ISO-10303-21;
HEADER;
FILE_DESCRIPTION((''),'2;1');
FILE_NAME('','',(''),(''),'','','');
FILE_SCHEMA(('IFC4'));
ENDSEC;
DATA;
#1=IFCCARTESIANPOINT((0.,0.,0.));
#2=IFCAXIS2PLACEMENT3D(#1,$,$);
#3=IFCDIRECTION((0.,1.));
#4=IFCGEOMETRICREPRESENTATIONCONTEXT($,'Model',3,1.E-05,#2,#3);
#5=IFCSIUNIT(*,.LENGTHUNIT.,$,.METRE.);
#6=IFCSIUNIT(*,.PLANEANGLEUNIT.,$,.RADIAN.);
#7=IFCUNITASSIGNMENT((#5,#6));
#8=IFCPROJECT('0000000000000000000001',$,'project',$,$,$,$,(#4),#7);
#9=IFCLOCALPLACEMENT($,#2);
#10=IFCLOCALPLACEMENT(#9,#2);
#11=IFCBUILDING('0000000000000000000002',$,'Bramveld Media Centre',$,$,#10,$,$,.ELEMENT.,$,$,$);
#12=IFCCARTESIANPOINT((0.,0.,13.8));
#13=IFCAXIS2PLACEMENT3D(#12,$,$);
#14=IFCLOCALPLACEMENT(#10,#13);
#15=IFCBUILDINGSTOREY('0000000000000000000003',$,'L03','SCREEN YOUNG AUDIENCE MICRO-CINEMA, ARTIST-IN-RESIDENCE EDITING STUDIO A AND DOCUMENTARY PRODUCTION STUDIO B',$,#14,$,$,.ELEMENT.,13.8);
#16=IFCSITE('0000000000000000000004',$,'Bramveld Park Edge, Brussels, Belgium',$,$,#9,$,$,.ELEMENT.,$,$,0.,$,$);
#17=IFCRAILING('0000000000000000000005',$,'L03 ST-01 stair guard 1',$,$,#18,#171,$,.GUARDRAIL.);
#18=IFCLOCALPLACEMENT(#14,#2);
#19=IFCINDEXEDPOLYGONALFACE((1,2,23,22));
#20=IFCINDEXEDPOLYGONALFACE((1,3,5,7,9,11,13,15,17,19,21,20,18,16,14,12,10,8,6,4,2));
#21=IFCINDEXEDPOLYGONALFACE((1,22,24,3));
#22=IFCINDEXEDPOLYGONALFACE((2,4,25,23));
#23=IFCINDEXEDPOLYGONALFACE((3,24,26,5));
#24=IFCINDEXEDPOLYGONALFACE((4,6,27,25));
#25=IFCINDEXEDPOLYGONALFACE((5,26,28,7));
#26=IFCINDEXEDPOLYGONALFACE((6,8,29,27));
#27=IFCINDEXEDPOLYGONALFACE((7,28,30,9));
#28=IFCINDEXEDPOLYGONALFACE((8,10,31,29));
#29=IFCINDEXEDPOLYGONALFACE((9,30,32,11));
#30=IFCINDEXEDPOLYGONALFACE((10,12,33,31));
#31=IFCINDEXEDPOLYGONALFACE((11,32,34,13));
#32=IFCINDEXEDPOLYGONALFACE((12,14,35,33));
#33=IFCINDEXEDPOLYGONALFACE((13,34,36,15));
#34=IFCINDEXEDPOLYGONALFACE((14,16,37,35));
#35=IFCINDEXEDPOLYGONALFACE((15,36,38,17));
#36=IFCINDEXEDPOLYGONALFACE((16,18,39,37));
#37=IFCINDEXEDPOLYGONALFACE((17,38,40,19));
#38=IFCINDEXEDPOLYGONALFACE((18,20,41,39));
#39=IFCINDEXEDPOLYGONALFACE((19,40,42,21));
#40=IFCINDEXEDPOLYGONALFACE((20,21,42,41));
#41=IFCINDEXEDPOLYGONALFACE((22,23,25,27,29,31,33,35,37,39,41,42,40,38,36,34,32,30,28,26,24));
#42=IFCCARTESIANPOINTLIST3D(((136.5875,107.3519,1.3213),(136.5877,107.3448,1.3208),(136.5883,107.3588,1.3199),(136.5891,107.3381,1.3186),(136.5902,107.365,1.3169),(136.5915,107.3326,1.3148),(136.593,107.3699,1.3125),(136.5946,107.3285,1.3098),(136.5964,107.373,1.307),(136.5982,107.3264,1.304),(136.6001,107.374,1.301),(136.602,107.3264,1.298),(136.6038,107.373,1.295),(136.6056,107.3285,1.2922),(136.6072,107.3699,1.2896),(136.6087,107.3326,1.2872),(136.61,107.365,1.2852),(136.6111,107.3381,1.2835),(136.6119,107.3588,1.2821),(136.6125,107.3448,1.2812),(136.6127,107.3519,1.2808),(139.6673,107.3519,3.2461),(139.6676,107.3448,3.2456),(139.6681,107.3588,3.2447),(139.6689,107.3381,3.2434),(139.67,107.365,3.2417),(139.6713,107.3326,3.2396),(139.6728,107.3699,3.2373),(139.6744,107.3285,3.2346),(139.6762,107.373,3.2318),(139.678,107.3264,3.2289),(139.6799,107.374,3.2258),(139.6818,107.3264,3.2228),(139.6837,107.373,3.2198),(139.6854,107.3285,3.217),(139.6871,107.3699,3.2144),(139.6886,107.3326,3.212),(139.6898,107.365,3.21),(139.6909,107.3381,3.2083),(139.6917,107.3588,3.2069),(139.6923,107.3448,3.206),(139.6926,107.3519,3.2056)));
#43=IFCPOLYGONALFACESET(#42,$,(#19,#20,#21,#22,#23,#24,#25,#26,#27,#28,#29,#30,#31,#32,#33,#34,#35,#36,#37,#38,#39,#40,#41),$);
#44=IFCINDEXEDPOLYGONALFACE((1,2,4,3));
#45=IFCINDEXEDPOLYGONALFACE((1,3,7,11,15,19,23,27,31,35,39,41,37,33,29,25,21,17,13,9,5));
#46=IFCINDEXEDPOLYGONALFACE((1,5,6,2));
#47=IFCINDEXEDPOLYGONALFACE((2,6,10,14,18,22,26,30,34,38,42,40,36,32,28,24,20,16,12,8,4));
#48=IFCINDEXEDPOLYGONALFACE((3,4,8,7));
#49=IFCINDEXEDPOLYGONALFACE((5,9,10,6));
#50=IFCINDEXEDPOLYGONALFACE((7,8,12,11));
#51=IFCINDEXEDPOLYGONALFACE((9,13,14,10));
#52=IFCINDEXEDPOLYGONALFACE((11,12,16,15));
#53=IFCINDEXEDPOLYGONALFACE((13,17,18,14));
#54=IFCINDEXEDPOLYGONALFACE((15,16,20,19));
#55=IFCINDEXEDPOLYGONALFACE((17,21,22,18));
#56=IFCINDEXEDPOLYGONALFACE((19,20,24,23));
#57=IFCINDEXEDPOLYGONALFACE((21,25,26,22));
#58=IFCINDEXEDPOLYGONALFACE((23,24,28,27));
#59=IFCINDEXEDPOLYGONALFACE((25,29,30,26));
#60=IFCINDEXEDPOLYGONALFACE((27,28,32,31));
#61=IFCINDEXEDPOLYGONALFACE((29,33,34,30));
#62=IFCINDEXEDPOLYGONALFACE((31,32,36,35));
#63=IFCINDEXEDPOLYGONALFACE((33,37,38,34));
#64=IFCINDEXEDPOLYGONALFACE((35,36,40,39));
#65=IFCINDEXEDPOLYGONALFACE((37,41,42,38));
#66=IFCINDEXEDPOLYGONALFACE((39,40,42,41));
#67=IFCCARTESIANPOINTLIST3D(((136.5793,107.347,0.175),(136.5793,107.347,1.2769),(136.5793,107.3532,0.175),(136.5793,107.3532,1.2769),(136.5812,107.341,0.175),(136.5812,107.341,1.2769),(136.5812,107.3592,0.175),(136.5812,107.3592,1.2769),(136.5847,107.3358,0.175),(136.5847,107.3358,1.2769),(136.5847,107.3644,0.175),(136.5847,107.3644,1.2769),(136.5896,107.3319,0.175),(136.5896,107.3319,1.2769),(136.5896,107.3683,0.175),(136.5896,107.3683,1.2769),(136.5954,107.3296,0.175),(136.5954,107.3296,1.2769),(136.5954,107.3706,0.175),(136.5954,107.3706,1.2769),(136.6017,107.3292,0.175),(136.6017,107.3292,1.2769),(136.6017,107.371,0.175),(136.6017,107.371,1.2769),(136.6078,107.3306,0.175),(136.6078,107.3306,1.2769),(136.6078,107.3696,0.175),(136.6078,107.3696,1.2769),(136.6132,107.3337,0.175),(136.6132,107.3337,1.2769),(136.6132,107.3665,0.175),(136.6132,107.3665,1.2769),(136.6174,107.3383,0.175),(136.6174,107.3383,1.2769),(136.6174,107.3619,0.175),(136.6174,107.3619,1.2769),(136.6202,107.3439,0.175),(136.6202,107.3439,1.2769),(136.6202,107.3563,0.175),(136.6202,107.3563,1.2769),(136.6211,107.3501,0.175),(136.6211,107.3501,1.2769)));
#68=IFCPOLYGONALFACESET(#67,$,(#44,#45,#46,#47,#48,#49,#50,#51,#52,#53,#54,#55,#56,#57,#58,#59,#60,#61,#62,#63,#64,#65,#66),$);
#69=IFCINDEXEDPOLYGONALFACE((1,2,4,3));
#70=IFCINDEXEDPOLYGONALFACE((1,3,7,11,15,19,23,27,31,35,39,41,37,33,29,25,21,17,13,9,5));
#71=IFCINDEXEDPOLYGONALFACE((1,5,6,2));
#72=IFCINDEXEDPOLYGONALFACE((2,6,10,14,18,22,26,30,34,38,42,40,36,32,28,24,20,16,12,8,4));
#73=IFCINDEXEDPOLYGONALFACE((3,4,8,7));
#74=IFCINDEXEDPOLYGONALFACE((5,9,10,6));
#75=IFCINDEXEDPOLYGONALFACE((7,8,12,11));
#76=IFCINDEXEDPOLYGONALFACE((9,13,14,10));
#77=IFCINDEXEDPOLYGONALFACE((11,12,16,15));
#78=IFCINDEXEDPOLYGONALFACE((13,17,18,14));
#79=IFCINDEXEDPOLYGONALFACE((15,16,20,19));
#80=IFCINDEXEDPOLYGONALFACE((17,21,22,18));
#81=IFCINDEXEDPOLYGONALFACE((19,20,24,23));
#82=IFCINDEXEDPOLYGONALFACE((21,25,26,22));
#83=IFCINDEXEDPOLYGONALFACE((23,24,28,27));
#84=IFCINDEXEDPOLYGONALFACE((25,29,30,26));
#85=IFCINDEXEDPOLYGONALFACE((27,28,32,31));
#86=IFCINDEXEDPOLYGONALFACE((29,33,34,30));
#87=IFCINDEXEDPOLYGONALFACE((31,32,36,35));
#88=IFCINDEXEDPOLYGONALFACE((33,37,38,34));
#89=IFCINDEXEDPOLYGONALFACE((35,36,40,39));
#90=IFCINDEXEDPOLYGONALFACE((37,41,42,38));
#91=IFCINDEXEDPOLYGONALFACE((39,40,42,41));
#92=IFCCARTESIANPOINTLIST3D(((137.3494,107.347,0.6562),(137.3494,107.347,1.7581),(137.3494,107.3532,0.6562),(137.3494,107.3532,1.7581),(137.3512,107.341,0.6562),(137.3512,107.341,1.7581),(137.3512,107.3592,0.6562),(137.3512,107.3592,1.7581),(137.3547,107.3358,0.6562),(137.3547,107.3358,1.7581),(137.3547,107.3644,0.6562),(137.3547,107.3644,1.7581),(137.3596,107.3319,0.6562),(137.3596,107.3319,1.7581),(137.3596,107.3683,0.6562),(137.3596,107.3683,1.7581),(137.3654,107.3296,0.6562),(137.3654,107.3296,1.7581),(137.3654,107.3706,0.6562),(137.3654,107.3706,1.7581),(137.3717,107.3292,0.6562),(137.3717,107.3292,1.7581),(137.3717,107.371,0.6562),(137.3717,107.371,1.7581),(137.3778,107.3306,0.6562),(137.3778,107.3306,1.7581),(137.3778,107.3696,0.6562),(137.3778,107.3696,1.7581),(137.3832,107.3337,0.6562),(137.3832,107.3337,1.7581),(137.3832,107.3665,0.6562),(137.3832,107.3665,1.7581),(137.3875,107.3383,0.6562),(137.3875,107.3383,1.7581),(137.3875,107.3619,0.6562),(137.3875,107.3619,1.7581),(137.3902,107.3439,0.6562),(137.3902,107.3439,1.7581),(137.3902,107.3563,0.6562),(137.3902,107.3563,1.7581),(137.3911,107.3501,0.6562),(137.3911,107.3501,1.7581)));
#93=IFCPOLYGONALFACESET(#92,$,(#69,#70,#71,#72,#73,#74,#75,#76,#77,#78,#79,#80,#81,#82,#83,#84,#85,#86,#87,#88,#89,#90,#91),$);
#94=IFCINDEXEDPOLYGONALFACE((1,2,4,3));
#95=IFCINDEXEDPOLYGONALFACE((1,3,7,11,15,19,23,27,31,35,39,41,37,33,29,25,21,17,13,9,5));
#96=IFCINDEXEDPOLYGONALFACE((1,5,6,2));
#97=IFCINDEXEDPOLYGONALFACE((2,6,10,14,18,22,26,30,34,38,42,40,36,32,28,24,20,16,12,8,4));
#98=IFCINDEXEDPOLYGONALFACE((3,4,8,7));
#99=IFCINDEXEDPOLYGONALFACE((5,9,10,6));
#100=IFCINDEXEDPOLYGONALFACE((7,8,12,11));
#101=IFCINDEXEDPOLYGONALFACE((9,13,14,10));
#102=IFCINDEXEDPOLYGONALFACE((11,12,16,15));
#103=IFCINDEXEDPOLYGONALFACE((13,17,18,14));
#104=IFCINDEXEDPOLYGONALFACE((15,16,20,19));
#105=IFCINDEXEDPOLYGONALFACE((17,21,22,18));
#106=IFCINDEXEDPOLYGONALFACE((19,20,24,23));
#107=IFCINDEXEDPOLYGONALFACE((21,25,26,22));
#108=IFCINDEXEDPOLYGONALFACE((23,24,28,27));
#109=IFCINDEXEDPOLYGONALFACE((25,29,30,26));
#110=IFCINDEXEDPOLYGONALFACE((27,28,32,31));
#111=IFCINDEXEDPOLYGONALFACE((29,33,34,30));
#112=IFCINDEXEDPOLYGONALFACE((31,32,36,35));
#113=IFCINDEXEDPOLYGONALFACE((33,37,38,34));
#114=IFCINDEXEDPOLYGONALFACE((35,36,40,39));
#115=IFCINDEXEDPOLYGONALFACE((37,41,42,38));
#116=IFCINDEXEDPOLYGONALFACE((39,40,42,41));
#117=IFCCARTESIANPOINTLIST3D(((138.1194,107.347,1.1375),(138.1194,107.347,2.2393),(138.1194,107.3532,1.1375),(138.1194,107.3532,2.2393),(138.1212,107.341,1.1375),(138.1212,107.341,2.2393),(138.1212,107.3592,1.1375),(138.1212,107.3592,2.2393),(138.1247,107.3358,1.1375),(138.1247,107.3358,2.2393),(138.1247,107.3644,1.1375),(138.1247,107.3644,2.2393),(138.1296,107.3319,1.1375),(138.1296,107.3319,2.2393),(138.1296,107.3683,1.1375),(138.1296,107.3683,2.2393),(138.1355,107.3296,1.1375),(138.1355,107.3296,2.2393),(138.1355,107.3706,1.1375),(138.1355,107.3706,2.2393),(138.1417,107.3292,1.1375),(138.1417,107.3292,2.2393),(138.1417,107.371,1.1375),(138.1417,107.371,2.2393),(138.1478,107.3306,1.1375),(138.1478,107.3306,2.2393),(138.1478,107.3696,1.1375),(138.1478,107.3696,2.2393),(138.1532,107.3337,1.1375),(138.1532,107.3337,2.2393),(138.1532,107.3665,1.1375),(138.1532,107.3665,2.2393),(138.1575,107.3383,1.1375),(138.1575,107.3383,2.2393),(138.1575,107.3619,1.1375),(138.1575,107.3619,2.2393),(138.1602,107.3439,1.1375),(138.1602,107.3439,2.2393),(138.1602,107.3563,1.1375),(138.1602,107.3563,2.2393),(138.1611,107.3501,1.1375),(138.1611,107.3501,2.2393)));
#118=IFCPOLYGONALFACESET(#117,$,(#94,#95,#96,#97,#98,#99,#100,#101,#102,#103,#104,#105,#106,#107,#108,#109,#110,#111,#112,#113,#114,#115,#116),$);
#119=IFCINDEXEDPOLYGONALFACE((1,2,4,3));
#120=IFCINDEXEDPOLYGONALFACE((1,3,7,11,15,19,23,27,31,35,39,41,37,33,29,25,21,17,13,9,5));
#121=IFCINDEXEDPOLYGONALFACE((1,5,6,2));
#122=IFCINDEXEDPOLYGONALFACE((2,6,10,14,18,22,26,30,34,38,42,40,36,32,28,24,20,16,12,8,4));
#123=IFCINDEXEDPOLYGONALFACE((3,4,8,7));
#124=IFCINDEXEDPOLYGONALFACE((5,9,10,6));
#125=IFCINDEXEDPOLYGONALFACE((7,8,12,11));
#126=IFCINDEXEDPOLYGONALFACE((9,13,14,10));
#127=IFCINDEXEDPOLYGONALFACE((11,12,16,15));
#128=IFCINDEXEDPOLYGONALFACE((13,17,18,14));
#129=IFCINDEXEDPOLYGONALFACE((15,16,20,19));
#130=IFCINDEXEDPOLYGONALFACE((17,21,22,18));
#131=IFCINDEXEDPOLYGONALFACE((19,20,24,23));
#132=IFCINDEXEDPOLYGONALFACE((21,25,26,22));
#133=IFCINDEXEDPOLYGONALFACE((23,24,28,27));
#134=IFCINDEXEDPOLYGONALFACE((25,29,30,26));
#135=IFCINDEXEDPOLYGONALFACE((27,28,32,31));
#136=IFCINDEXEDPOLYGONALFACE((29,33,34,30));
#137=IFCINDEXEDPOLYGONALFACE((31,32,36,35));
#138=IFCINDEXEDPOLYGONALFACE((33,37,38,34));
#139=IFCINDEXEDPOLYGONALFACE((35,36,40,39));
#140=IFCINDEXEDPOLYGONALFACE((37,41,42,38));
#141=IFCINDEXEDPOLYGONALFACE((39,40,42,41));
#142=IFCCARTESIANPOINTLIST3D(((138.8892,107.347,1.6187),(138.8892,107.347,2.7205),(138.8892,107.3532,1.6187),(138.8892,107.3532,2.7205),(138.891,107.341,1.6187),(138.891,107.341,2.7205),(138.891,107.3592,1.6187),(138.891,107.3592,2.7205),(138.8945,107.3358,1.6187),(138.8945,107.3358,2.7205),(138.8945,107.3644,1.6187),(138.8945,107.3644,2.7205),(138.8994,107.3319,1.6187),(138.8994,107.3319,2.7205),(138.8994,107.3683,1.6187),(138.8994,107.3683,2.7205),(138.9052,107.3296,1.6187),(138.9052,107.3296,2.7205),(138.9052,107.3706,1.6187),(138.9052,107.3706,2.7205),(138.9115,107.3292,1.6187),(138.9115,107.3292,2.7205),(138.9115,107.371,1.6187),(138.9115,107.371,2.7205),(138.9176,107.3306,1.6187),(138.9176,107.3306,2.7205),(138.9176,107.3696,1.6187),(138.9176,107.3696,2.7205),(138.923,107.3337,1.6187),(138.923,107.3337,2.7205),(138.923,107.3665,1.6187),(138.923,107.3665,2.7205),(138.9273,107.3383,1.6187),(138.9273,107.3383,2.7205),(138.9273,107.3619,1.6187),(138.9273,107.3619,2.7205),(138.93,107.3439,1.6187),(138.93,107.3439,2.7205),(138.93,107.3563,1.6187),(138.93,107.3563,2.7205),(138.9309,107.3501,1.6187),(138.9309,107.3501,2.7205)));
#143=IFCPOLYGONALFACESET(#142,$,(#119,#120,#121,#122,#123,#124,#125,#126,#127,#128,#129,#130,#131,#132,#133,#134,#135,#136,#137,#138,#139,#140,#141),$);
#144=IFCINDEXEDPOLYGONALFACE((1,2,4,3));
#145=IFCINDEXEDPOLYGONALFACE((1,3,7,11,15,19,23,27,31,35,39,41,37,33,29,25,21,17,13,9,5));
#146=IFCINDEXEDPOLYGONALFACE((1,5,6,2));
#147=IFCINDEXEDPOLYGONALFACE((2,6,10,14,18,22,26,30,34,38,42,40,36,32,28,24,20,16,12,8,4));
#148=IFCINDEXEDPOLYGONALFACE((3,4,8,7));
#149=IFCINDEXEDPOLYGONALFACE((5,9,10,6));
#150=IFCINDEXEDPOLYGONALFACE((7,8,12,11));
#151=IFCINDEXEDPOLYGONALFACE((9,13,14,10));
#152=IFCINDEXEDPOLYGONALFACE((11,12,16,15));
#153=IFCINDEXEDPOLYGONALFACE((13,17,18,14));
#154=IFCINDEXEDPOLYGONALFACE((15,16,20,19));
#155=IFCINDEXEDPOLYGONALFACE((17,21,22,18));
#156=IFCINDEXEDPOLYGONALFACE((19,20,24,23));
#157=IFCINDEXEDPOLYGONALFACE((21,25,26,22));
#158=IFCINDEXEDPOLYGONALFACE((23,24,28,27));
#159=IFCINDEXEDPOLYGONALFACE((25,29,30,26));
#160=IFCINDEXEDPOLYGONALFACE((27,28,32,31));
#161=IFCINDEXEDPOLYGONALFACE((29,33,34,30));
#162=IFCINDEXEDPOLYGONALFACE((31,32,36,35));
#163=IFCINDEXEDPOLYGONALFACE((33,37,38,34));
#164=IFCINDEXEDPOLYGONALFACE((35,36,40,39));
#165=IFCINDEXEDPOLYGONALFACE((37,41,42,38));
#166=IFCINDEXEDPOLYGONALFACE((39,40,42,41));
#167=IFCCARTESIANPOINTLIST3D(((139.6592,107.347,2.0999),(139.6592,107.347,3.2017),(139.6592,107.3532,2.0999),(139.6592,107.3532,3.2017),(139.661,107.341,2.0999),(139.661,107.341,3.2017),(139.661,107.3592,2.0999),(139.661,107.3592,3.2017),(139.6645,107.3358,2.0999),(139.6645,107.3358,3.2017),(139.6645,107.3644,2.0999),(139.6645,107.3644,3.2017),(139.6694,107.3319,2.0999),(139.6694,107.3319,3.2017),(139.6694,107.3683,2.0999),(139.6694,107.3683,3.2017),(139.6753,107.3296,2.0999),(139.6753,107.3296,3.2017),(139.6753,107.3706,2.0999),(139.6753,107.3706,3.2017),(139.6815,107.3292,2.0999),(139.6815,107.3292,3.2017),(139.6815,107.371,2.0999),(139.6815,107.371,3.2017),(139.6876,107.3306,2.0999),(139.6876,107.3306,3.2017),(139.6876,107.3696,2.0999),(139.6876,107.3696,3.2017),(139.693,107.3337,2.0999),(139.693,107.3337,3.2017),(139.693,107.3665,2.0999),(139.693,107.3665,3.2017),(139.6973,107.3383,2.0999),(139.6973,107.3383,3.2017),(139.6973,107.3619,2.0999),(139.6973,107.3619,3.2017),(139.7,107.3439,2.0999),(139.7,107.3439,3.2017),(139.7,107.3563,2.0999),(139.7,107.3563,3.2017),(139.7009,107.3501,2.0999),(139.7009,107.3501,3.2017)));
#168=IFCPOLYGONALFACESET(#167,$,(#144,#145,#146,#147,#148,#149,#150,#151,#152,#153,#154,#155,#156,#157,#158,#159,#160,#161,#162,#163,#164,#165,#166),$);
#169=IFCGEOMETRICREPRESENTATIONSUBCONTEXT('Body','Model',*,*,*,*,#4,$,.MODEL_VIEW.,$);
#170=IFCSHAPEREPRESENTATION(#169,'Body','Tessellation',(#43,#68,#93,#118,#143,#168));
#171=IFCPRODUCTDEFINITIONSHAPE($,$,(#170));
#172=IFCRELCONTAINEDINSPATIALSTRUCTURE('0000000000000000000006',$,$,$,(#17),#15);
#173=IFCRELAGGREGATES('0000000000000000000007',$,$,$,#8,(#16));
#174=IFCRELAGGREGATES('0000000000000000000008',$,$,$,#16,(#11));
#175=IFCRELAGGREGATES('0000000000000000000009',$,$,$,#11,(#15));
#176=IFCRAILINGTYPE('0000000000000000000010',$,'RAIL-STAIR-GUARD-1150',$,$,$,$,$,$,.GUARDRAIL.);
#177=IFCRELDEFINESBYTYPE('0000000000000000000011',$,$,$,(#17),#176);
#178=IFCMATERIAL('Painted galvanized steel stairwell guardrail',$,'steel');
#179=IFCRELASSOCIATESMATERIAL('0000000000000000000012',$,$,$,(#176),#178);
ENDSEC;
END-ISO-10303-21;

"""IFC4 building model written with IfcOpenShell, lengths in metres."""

from ifc_helpers import new_model, si_unit, direction, frame, origin, origin_2d, place, context, subcontext, project, spatial, circle, extrude, material, type_object, element, save


model = new_model("IFC4")

# Units and contexts
model_context = context("Model", 3, precision=1e-05, world=origin(), true_north=direction((0.0, 1.0)))
body_context = subcontext(model_context, "Body", "Model", "MODEL_VIEW")
ifc_project = project(units=[si_unit("LENGTHUNIT", "METRE"), si_unit("PLANEANGLEUNIT", "RADIAN")], contexts=[model_context])

# Site, building, storey
site_placement = place(None, origin())
site = spatial("IfcSite", under=ifc_project, at=site_placement, Name="Bramveld Park Edge, Brussels, Belgium", CompositionType="ELEMENT", RefElevation=0.0)
building_placement = place(site_placement, origin())
building = spatial("IfcBuilding", under=site, at=building_placement, Name="Bramveld Media Centre", CompositionType="ELEMENT")
storey_placement = place(building_placement, frame((0.0, 0.0, 13.8)))
storey = spatial("IfcBuildingStorey", under=building, at=storey_placement, Name="L03", Description="SCREEN YOUNG AUDIENCE MICRO-CINEMA, ARTIST-IN-RESIDENCE EDITING STUDIO A AND DOCUMENTARY PRODUCTION STUDIO B", CompositionType="ELEMENT", Elevation=13.8)

# Railing
ifc_material_1 = material(Name="Painted galvanized steel stairwell guardrail", Category="steel")
railing_type_1 = type_object("IfcRailingType", Name="RAIL-STAIR-GUARD-1150", PredefinedType="GUARDRAIL", material=ifc_material_1)
railing_1_placement = place(storey_placement, frame((136.6001, 107.3501, 0.175)))
element("IfcRailing", 1, at=railing_1_placement, inside=storey, type_object=railing_type_1, Name="L03 ST-01 stair guard 1", PredefinedType="GUARDRAIL", context=body_context, shape_type="SweptSolid", body=[
    extrude(circle(Radius=0.0239, at=origin_2d()), frame((0.0, 0.0, 1.126), z_axis=(0.84801, 0.0, 0.529981), x_axis=(0.0, 1.0, 0.0)), (0.0, 0.0, 1.0), 3.6318),
    extrude(circle(Radius=0.021, at=origin_2d()), origin(), (0.0, 0.0, 1.0), 1.1018),
    extrude(circle(Radius=0.021, at=origin_2d()), frame((0.77, 0.0, 0.4812)), (0.0, 0.0, 1.0), 1.1018),
    extrude(circle(Radius=0.021, at=origin_2d()), frame((1.54, 0.0, 0.9624)), (0.0, 0.0, 1.0), 1.1018),
    extrude(circle(Radius=0.021, at=origin_2d()), frame((2.3098, 0.0, 1.4436)), (0.0, 0.0, 1.0), 1.1018),
    extrude(circle(Radius=0.021, at=origin_2d()), frame((3.0798, 0.0, 1.9248)), (0.0, 0.0, 1.0), 1.1018),
])

save(model, "model.ifc")
